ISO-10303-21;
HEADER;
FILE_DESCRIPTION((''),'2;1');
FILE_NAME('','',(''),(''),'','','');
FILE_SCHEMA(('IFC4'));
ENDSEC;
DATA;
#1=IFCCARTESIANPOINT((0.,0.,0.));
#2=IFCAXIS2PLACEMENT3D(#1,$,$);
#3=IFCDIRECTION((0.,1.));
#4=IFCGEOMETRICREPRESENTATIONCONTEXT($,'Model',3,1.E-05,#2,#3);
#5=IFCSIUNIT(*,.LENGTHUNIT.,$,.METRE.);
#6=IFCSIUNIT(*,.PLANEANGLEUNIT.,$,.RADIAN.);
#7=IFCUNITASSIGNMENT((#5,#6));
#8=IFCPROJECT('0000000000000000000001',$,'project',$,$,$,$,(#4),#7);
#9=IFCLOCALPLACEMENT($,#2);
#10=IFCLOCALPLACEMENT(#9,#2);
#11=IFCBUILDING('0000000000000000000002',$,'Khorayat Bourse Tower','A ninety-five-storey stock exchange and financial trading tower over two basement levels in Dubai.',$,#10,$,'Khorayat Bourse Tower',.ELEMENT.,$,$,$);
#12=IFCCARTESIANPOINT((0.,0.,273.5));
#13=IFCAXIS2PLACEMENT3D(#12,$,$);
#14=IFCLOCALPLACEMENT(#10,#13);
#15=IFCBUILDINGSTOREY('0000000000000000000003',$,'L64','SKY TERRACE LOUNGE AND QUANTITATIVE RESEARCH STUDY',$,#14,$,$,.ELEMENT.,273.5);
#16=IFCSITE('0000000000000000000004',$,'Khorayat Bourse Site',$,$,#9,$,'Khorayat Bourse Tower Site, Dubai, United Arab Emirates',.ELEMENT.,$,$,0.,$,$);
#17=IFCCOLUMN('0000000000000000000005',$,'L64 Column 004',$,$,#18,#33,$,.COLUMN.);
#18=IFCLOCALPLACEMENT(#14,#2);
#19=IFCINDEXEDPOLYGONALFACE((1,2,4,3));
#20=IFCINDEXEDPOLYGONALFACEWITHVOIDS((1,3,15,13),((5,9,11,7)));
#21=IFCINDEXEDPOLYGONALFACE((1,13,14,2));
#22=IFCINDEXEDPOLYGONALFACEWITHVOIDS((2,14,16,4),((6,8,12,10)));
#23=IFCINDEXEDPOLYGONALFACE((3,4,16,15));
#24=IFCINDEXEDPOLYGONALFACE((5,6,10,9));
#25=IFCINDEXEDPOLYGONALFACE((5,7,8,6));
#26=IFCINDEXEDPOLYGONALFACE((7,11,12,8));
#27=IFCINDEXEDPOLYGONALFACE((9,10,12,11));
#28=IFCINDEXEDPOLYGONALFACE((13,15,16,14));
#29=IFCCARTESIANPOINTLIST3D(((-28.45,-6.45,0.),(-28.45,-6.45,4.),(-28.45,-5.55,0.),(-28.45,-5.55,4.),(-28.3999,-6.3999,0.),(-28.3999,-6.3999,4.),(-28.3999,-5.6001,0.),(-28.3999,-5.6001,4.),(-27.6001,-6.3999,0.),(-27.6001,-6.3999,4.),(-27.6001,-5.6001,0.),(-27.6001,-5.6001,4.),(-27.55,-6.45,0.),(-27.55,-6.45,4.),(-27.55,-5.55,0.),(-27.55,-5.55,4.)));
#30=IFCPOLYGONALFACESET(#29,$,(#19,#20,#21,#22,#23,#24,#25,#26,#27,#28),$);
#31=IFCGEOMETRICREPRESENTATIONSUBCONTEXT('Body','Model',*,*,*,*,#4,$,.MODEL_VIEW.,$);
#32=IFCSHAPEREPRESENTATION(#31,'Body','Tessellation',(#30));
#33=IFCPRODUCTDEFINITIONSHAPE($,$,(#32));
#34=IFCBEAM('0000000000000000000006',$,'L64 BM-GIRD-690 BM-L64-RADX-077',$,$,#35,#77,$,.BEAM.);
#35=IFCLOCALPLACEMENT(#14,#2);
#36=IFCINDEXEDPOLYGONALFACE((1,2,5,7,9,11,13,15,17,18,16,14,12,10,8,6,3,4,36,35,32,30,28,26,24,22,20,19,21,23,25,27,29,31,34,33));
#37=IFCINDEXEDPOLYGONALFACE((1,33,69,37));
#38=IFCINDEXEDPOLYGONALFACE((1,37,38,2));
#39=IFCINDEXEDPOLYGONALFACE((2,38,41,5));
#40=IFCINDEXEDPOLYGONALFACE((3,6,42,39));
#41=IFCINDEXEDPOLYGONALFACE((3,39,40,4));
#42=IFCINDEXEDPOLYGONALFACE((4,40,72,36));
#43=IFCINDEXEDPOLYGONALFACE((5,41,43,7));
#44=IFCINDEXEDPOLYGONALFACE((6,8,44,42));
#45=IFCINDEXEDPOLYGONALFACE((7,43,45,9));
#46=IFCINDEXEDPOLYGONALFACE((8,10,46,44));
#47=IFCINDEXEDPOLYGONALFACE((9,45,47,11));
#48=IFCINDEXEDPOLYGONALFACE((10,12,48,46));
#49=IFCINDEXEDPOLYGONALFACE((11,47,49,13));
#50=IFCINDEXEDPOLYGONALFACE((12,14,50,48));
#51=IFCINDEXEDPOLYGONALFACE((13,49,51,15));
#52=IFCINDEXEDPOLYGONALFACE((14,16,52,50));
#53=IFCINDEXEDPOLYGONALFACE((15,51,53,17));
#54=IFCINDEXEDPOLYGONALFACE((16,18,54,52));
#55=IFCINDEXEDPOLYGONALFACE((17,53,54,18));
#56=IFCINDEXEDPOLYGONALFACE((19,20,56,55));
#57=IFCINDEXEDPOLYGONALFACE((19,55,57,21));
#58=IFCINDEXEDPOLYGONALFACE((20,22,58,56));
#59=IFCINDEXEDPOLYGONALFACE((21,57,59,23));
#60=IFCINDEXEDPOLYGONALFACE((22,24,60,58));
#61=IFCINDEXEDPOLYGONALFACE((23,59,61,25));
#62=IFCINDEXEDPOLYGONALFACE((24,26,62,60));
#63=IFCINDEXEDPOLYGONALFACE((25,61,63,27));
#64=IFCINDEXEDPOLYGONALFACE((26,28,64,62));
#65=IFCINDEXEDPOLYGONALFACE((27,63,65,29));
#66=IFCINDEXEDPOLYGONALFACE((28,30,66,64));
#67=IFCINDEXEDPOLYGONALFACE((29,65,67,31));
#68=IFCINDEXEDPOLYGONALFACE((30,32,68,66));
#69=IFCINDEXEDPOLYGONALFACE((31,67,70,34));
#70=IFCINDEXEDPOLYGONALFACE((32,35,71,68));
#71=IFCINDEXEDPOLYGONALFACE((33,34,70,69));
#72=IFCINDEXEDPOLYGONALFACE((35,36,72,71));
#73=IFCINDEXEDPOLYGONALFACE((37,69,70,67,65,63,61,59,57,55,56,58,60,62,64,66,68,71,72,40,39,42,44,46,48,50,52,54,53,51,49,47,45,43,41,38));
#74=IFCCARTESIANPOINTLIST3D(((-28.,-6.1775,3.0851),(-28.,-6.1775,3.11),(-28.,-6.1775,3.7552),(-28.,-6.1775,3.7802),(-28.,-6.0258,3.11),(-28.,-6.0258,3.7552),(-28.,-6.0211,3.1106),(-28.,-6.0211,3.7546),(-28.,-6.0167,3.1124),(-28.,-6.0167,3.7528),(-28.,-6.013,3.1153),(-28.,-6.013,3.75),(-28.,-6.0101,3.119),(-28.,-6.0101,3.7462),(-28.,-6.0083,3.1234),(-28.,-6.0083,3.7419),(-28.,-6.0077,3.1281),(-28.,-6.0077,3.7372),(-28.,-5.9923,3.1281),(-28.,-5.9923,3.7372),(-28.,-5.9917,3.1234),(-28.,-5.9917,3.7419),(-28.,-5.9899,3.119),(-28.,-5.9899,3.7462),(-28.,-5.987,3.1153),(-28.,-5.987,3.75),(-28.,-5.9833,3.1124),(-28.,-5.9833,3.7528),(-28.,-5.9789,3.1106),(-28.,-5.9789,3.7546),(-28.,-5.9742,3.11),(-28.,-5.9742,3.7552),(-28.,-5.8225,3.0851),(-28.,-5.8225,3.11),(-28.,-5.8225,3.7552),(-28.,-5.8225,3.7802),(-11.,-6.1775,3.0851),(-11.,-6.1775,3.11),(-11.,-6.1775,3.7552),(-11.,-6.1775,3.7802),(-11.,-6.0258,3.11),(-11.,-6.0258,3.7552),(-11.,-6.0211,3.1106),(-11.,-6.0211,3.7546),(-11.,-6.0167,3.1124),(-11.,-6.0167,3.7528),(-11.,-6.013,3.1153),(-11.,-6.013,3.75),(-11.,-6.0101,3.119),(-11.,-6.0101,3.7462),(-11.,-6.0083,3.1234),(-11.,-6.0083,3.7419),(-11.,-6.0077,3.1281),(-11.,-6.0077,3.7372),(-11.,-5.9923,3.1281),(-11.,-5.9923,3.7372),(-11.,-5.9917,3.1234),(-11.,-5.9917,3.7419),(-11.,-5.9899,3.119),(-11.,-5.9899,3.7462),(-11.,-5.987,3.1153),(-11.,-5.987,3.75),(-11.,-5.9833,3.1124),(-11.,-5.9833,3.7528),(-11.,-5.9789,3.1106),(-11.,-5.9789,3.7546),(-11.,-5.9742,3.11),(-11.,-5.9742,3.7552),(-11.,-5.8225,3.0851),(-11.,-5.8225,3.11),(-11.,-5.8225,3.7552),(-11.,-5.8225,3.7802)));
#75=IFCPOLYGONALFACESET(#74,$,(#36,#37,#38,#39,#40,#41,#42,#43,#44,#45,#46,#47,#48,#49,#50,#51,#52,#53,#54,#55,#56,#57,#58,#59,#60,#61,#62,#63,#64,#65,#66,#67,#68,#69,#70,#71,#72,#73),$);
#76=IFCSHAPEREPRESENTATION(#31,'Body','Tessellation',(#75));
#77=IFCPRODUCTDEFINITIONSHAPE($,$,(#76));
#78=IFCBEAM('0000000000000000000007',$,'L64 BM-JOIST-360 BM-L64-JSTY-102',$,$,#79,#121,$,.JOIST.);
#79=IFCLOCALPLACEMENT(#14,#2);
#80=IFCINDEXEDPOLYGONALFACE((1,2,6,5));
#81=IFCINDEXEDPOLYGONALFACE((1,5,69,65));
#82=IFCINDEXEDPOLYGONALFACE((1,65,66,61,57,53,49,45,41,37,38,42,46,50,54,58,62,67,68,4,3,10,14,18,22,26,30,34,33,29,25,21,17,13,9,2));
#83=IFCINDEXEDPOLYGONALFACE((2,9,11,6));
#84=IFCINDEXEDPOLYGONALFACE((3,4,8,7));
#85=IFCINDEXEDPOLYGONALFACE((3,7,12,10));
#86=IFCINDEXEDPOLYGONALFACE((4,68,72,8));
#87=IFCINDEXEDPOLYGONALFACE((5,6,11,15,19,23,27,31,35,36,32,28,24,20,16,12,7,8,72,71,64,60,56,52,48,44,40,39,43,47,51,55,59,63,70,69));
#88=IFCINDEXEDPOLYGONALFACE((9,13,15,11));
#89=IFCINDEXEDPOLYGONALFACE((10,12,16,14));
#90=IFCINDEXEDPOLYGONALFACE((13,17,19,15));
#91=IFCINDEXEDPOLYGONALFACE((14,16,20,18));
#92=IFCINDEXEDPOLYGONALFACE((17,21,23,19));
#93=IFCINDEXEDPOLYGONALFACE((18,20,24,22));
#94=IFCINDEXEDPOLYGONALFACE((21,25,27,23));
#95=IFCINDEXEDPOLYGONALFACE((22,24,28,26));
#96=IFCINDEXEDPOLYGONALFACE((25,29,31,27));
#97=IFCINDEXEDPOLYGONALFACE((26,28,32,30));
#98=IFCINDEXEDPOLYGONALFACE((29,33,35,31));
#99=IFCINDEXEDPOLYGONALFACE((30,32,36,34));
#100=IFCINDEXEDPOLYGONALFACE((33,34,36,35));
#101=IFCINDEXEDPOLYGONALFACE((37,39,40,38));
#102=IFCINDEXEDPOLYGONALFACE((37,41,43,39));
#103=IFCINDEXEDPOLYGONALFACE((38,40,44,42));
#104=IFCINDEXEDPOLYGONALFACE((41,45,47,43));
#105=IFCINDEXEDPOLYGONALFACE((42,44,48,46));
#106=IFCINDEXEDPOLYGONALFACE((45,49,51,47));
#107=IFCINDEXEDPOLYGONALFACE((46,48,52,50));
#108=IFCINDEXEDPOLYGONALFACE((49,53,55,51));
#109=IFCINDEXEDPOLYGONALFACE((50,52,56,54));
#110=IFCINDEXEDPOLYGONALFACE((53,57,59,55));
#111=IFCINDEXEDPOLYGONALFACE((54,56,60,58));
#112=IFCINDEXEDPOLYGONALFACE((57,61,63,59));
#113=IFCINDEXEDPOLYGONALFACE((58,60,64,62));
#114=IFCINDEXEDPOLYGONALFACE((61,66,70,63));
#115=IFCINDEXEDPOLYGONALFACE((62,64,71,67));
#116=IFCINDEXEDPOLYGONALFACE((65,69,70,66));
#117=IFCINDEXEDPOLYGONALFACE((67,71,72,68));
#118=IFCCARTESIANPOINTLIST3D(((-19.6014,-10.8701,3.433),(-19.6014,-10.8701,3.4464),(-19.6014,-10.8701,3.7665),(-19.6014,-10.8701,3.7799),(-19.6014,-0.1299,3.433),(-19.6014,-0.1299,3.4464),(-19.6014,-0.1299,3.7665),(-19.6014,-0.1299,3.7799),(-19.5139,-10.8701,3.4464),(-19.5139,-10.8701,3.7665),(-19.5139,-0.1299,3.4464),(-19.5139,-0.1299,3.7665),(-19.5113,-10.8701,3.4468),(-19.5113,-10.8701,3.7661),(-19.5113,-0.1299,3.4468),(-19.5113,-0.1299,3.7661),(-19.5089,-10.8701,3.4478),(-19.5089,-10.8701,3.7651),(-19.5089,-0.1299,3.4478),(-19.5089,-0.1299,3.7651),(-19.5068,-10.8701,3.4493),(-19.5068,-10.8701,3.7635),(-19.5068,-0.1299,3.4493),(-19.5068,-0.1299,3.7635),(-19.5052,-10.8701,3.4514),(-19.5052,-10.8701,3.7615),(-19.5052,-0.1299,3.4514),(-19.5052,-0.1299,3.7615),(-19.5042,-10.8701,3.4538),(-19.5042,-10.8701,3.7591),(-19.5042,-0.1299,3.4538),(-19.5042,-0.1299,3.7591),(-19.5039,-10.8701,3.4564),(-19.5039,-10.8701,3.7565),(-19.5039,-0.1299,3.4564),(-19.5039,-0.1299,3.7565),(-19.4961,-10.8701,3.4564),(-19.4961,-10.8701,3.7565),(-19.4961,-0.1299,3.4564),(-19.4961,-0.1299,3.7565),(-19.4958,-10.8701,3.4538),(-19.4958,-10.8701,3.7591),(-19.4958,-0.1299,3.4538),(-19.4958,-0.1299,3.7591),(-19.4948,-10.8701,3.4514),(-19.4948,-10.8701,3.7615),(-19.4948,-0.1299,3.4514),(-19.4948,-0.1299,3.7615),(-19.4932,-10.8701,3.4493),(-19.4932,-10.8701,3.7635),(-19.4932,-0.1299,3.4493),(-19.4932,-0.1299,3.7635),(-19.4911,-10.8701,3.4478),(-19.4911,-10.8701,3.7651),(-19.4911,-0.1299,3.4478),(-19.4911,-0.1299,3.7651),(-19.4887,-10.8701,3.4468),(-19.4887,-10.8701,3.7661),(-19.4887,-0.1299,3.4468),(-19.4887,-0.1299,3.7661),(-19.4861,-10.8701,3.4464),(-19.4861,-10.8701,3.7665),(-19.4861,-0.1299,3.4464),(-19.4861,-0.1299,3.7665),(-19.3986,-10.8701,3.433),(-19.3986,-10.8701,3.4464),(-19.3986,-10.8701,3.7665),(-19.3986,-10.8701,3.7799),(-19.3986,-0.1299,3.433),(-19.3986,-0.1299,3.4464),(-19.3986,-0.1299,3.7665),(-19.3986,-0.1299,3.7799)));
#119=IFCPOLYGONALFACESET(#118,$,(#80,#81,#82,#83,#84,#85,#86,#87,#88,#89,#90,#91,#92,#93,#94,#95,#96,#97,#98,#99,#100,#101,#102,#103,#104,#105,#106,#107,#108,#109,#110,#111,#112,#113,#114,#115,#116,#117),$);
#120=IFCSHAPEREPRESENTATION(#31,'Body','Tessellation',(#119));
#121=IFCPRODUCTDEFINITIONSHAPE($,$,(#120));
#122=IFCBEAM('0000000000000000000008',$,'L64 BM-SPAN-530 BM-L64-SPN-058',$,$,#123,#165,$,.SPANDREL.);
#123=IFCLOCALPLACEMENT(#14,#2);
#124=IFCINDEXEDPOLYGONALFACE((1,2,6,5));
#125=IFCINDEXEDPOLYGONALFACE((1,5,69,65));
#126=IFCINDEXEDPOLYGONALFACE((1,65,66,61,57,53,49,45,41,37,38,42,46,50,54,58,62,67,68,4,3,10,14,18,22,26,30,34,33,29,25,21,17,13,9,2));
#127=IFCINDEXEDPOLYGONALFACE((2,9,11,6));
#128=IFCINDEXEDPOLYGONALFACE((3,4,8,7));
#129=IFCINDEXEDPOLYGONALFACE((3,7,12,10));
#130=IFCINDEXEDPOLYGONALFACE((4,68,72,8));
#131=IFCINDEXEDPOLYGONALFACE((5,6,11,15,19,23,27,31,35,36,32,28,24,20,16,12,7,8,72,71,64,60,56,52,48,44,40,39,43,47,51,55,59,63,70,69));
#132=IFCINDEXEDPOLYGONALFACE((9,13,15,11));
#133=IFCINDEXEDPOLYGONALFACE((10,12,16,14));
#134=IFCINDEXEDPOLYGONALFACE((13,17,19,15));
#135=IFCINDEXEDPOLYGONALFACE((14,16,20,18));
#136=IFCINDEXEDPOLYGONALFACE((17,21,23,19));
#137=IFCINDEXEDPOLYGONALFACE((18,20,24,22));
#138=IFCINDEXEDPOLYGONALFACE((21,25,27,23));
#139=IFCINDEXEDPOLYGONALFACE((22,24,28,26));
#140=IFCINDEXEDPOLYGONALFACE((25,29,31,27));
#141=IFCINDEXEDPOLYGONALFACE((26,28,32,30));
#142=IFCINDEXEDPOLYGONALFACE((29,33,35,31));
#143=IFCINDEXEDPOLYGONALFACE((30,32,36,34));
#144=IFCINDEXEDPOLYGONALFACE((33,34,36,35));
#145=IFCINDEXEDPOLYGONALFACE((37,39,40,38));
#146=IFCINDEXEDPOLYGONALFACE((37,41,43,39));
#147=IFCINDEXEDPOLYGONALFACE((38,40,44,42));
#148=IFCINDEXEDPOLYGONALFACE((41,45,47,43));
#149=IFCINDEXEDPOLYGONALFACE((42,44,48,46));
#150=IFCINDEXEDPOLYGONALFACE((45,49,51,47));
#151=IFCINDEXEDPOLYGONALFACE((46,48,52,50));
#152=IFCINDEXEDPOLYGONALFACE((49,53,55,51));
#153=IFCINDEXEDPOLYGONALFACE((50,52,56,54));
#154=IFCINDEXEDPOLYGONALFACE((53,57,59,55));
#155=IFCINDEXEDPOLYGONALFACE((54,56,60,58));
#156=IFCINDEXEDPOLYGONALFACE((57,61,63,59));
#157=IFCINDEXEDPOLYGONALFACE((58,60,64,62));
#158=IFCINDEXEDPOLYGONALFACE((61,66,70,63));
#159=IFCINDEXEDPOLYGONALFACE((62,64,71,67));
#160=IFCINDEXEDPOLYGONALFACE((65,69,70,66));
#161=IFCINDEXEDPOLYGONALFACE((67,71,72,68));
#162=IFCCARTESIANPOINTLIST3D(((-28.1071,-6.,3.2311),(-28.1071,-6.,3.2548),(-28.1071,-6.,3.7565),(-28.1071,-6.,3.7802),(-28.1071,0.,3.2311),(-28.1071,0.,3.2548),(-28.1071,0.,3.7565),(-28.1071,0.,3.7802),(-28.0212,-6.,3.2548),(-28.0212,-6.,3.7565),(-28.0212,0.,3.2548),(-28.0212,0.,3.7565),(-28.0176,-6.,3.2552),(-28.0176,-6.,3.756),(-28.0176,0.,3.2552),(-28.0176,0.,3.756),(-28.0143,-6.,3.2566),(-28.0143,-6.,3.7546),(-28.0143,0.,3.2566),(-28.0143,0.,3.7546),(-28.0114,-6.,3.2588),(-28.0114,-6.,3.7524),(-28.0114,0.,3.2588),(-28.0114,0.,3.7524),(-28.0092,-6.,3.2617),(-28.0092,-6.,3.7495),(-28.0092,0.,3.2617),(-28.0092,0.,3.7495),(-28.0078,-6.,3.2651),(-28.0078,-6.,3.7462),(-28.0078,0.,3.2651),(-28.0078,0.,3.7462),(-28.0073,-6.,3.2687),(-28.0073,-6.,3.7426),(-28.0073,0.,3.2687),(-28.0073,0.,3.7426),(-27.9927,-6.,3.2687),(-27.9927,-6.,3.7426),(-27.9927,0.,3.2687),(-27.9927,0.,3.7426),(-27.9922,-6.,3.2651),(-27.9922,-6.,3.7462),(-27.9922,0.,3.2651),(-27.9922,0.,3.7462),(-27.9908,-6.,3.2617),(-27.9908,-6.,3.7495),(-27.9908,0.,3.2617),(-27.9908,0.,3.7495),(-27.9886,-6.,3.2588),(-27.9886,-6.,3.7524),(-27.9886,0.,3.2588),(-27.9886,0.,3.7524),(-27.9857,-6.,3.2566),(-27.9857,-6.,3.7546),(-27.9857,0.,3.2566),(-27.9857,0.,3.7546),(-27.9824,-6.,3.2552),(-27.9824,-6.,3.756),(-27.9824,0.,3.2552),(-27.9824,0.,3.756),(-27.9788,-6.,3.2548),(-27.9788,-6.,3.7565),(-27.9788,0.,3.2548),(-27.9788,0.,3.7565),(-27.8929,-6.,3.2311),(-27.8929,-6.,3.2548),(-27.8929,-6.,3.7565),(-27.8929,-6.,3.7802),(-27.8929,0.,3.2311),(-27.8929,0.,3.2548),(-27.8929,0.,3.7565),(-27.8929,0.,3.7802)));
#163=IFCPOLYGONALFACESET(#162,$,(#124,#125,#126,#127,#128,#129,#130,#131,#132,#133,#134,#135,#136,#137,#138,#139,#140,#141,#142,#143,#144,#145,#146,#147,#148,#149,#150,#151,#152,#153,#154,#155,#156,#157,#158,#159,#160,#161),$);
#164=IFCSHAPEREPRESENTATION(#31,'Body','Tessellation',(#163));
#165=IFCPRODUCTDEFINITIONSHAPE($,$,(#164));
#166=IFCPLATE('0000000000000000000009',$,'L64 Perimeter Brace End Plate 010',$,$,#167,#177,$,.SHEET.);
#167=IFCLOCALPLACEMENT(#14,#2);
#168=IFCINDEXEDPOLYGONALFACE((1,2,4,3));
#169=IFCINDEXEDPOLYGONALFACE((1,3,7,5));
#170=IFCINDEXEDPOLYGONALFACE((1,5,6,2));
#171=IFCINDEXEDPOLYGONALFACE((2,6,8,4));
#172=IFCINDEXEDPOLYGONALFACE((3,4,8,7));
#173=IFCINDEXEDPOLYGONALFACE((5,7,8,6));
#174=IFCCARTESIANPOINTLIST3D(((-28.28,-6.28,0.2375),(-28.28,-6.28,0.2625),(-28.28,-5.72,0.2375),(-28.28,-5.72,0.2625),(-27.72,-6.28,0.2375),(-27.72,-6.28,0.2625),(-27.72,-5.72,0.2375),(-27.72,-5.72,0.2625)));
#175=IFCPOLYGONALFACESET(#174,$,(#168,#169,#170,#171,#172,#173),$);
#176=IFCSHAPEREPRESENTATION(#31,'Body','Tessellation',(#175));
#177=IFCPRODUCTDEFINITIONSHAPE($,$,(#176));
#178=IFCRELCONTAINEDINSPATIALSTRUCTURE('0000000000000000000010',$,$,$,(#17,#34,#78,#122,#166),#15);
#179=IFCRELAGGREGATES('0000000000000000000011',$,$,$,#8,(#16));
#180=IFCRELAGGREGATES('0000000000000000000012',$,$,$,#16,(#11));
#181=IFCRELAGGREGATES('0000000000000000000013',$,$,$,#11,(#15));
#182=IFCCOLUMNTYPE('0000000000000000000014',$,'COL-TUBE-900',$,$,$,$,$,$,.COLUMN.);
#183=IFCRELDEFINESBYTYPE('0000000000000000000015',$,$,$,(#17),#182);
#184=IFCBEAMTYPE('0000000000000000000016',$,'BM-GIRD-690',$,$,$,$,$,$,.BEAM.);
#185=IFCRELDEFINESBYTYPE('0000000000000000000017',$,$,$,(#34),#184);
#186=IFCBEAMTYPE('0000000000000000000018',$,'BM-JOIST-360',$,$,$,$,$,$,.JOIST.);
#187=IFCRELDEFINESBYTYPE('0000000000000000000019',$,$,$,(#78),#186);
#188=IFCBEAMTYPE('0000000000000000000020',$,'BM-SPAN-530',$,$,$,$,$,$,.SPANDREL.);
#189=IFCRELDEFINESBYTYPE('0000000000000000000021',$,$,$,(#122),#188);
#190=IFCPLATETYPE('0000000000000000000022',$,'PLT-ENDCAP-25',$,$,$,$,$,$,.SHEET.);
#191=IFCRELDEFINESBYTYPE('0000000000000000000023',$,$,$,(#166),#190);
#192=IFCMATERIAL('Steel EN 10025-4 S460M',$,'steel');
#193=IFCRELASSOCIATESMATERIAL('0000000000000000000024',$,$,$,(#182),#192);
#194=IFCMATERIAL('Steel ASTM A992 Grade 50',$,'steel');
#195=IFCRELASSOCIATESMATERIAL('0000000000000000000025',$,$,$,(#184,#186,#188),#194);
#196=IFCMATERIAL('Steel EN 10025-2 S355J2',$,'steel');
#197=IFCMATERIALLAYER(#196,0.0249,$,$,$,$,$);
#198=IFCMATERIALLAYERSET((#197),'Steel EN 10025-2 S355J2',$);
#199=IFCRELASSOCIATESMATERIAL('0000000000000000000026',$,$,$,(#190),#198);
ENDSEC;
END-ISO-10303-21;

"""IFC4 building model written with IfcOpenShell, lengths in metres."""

from ifc_helpers import new_model, si_unit, direction, frame, origin, origin_2d, place, context, subcontext, project, spatial, rectangle, hollow_rectangle, i_section, extrude, source, transform, mapped, material, layer, layer_set, material_profile, profile_set, type_object, element, save


model = new_model("IFC4")

# Units and contexts
model_context = context("Model", 3, precision=1e-05, world=origin(), true_north=direction((0.0, 1.0)))
body_context = subcontext(model_context, "Body", "Model", "MODEL_VIEW")
ifc_project = project(units=[si_unit("LENGTHUNIT", "METRE"), si_unit("PLANEANGLEUNIT", "RADIAN")], contexts=[model_context])

# Site, building, storey
site_placement = place(None, origin())
site = spatial("IfcSite", under=ifc_project, at=site_placement, Name="Khorayat Bourse Site", LongName="Khorayat Bourse Tower Site, Dubai, United Arab Emirates", CompositionType="ELEMENT", RefElevation=0.0)
building_placement = place(site_placement, origin())
building = spatial("IfcBuilding", under=site, at=building_placement, Name="Khorayat Bourse Tower", Description="A ninety-five-storey stock exchange and financial trading tower over two basement levels in Dubai.", LongName="Khorayat Bourse Tower", CompositionType="ELEMENT")
storey_placement = place(building_placement, frame((0.0, 0.0, 273.5)))
storey = spatial("IfcBuildingStorey", under=building, at=storey_placement, Name="L64", Description="SKY TERRACE LOUNGE AND QUANTITATIVE RESEARCH STUDY", CompositionType="ELEMENT", Elevation=273.5)

# Column
ifc_material_1 = material(Name="Steel EN 10025-4 S460M", Category="steel")
ifc_material_profile_1 = material_profile(ifc_material_1, hollow_rectangle(XDim=0.8999, YDim=0.8999, WallThickness=0.05, at=origin_2d()), Name="BOX 900x900x50")
ifc_profile_set_1 = profile_set([ifc_material_profile_1], Name="Steel EN 10025-4 S460M")
column_type = type_object("IfcColumnType", Name="COL-TUBE-900", PredefinedType="COLUMN", material=ifc_profile_set_1)
shared_shape_1 = source(origin(), body_context, "Body", "SweptSolid", [
    extrude(hollow_rectangle(XDim=0.8999, YDim=0.8999, WallThickness=0.05, at=origin_2d()), origin(), (0.0, 0.0, 1.0), 4.0),
])
column_placement = place(storey_placement, frame((-28.0, -6.0, 0.0), z_axis=(0.0, 0.0, 1.0), x_axis=(1.0, 0.0, 0.0)))
element("IfcColumn", 1, at=column_placement, inside=storey, type_object=column_type, Name="L64 Column 004", PredefinedType="COLUMN", context=body_context, shape_type="MappedRepresentation", body=[
    mapped(shared_shape_1, transform((0.0, 0.0, 0.0), scale=1.0)),
])

# Beams
ifc_material_2 = material(Name="Steel ASTM A992 Grade 50", Category="steel")
ifc_material_profile_2 = material_profile(ifc_material_2, i_section(OverallWidth=0.355, OverallDepth=0.6951, WebThickness=0.0154, FlangeThickness=0.0249, FilletRadius=0.0181, at=origin_2d()), Name="W690X217")
ifc_profile_set_2 = profile_set([ifc_material_profile_2], Name="Steel ASTM A992 Grade 50")
beam_type_1 = type_object("IfcBeamType", Name="BM-GIRD-690", PredefinedType="BEAM", material=ifc_profile_set_2)
shared_shape_2 = source(origin(), body_context, "Body", "SweptSolid", [
    extrude(i_section(OverallWidth=0.355, OverallDepth=0.6951, WebThickness=0.0154, FlangeThickness=0.0249, FilletRadius=0.0181, at=origin_2d()), origin(), (0.0, 0.0, 1.0), 17.0),
])
beam_1_placement = place(storey_placement, frame((-28.0, -6.0, 3.4326), z_axis=(1.0, 0.0, 0.0), x_axis=(0.0, 1.0, 0.0)))
element("IfcBeam", 2, at=beam_1_placement, inside=storey, type_object=beam_type_1, Name="L64 BM-GIRD-690 BM-L64-RADX-077", PredefinedType="BEAM", context=body_context, shape_type="MappedRepresentation", body=[
    mapped(shared_shape_2, transform((0.0, 0.0, 0.0), scale=1.0)),
])
ifc_material_profile_3 = material_profile(ifc_material_2, i_section(OverallWidth=0.2029, OverallDepth=0.3469, WebThickness=0.0078, FlangeThickness=0.0134, FilletRadius=0.01, at=origin_2d()), Name="W360X64")
ifc_profile_set_3 = profile_set([ifc_material_profile_3], Name="Steel ASTM A992 Grade 50")
beam_type_2 = type_object("IfcBeamType", Name="BM-JOIST-360", PredefinedType="JOIST", material=ifc_profile_set_3)
shared_shape_3 = source(origin(), body_context, "Body", "SweptSolid", [
    extrude(i_section(OverallWidth=0.2029, OverallDepth=0.3469, WebThickness=0.0078, FlangeThickness=0.0134, FilletRadius=0.01, at=origin_2d()), origin(), (0.0, 0.0, 1.0), 10.7402),
])
beam_2_placement = place(storey_placement, frame((-19.5, -10.8701, 3.6064), z_axis=(0.0, 1.0, 0.0), x_axis=(-1.0, 0.0, 0.0)))
element("IfcBeam", 3, at=beam_2_placement, inside=storey, type_object=beam_type_2, Name="L64 BM-JOIST-360 BM-L64-JSTY-102", PredefinedType="JOIST", context=body_context, shape_type="MappedRepresentation", body=[
    mapped(shared_shape_3, transform((0.0, 0.0, 0.0), scale=1.0)),
])
ifc_material_profile_4 = material_profile(ifc_material_2, i_section(OverallWidth=0.2141, OverallDepth=0.5491, WebThickness=0.0146, FlangeThickness=0.0237, FilletRadius=0.0139, at=origin_2d()), Name="W530X138")
ifc_profile_set_4 = profile_set([ifc_material_profile_4], Name="Steel ASTM A992 Grade 50")
beam_type_3 = type_object("IfcBeamType", Name="BM-SPAN-530", PredefinedType="SPANDREL", material=ifc_profile_set_4)
shared_shape_4 = source(origin(), body_context, "Body", "SweptSolid", [
    extrude(i_section(OverallWidth=0.2141, OverallDepth=0.5491, WebThickness=0.0146, FlangeThickness=0.0237, FilletRadius=0.0139, at=origin_2d()), origin(), (0.0, 0.0, 1.0), 6.0),
])
beam_3_placement = place(storey_placement, frame((-28.0, -6.0, 3.5056), z_axis=(0.0, 1.0, 0.0), x_axis=(-1.0, 0.0, 0.0)))
element("IfcBeam", 4, at=beam_3_placement, inside=storey, type_object=beam_type_3, Name="L64 BM-SPAN-530 BM-L64-SPN-058", PredefinedType="SPANDREL", context=body_context, shape_type="MappedRepresentation", body=[
    mapped(shared_shape_4, transform((0.0, 0.0, 0.0), scale=1.0)),
])

# Plate
ifc_material_3 = material(Name="Steel EN 10025-2 S355J2", Category="steel")
ifc_layer_1 = layer(ifc_material_3, 0.0249)
ifc_layer_set_1 = layer_set([ifc_layer_1], Name="Steel EN 10025-2 S355J2")
plate_type = type_object("IfcPlateType", Name="PLT-ENDCAP-25", PredefinedType="SHEET", material=ifc_layer_set_1)
shared_shape_5 = source(origin(), body_context, "Body", "SweptSolid", [
    extrude(rectangle(XDim=0.5601, YDim=0.5601, at=origin_2d()), origin(), (0.0, 0.0, 1.0), 0.0249),
])
plate_placement = place(storey_placement, frame((-28.0, -6.0, 0.2375), z_axis=(0.0, 0.0, 1.0), x_axis=(1.0, 0.0, 0.0)))
element("IfcPlate", 5, at=plate_placement, inside=storey, type_object=plate_type, Name="L64 Perimeter Brace End Plate 010", PredefinedType="SHEET", context=body_context, shape_type="MappedRepresentation", body=[
    mapped(shared_shape_5, transform((0.0, 0.0, 0.0), scale=1.0)),
])

save(model, "model.ifc")
